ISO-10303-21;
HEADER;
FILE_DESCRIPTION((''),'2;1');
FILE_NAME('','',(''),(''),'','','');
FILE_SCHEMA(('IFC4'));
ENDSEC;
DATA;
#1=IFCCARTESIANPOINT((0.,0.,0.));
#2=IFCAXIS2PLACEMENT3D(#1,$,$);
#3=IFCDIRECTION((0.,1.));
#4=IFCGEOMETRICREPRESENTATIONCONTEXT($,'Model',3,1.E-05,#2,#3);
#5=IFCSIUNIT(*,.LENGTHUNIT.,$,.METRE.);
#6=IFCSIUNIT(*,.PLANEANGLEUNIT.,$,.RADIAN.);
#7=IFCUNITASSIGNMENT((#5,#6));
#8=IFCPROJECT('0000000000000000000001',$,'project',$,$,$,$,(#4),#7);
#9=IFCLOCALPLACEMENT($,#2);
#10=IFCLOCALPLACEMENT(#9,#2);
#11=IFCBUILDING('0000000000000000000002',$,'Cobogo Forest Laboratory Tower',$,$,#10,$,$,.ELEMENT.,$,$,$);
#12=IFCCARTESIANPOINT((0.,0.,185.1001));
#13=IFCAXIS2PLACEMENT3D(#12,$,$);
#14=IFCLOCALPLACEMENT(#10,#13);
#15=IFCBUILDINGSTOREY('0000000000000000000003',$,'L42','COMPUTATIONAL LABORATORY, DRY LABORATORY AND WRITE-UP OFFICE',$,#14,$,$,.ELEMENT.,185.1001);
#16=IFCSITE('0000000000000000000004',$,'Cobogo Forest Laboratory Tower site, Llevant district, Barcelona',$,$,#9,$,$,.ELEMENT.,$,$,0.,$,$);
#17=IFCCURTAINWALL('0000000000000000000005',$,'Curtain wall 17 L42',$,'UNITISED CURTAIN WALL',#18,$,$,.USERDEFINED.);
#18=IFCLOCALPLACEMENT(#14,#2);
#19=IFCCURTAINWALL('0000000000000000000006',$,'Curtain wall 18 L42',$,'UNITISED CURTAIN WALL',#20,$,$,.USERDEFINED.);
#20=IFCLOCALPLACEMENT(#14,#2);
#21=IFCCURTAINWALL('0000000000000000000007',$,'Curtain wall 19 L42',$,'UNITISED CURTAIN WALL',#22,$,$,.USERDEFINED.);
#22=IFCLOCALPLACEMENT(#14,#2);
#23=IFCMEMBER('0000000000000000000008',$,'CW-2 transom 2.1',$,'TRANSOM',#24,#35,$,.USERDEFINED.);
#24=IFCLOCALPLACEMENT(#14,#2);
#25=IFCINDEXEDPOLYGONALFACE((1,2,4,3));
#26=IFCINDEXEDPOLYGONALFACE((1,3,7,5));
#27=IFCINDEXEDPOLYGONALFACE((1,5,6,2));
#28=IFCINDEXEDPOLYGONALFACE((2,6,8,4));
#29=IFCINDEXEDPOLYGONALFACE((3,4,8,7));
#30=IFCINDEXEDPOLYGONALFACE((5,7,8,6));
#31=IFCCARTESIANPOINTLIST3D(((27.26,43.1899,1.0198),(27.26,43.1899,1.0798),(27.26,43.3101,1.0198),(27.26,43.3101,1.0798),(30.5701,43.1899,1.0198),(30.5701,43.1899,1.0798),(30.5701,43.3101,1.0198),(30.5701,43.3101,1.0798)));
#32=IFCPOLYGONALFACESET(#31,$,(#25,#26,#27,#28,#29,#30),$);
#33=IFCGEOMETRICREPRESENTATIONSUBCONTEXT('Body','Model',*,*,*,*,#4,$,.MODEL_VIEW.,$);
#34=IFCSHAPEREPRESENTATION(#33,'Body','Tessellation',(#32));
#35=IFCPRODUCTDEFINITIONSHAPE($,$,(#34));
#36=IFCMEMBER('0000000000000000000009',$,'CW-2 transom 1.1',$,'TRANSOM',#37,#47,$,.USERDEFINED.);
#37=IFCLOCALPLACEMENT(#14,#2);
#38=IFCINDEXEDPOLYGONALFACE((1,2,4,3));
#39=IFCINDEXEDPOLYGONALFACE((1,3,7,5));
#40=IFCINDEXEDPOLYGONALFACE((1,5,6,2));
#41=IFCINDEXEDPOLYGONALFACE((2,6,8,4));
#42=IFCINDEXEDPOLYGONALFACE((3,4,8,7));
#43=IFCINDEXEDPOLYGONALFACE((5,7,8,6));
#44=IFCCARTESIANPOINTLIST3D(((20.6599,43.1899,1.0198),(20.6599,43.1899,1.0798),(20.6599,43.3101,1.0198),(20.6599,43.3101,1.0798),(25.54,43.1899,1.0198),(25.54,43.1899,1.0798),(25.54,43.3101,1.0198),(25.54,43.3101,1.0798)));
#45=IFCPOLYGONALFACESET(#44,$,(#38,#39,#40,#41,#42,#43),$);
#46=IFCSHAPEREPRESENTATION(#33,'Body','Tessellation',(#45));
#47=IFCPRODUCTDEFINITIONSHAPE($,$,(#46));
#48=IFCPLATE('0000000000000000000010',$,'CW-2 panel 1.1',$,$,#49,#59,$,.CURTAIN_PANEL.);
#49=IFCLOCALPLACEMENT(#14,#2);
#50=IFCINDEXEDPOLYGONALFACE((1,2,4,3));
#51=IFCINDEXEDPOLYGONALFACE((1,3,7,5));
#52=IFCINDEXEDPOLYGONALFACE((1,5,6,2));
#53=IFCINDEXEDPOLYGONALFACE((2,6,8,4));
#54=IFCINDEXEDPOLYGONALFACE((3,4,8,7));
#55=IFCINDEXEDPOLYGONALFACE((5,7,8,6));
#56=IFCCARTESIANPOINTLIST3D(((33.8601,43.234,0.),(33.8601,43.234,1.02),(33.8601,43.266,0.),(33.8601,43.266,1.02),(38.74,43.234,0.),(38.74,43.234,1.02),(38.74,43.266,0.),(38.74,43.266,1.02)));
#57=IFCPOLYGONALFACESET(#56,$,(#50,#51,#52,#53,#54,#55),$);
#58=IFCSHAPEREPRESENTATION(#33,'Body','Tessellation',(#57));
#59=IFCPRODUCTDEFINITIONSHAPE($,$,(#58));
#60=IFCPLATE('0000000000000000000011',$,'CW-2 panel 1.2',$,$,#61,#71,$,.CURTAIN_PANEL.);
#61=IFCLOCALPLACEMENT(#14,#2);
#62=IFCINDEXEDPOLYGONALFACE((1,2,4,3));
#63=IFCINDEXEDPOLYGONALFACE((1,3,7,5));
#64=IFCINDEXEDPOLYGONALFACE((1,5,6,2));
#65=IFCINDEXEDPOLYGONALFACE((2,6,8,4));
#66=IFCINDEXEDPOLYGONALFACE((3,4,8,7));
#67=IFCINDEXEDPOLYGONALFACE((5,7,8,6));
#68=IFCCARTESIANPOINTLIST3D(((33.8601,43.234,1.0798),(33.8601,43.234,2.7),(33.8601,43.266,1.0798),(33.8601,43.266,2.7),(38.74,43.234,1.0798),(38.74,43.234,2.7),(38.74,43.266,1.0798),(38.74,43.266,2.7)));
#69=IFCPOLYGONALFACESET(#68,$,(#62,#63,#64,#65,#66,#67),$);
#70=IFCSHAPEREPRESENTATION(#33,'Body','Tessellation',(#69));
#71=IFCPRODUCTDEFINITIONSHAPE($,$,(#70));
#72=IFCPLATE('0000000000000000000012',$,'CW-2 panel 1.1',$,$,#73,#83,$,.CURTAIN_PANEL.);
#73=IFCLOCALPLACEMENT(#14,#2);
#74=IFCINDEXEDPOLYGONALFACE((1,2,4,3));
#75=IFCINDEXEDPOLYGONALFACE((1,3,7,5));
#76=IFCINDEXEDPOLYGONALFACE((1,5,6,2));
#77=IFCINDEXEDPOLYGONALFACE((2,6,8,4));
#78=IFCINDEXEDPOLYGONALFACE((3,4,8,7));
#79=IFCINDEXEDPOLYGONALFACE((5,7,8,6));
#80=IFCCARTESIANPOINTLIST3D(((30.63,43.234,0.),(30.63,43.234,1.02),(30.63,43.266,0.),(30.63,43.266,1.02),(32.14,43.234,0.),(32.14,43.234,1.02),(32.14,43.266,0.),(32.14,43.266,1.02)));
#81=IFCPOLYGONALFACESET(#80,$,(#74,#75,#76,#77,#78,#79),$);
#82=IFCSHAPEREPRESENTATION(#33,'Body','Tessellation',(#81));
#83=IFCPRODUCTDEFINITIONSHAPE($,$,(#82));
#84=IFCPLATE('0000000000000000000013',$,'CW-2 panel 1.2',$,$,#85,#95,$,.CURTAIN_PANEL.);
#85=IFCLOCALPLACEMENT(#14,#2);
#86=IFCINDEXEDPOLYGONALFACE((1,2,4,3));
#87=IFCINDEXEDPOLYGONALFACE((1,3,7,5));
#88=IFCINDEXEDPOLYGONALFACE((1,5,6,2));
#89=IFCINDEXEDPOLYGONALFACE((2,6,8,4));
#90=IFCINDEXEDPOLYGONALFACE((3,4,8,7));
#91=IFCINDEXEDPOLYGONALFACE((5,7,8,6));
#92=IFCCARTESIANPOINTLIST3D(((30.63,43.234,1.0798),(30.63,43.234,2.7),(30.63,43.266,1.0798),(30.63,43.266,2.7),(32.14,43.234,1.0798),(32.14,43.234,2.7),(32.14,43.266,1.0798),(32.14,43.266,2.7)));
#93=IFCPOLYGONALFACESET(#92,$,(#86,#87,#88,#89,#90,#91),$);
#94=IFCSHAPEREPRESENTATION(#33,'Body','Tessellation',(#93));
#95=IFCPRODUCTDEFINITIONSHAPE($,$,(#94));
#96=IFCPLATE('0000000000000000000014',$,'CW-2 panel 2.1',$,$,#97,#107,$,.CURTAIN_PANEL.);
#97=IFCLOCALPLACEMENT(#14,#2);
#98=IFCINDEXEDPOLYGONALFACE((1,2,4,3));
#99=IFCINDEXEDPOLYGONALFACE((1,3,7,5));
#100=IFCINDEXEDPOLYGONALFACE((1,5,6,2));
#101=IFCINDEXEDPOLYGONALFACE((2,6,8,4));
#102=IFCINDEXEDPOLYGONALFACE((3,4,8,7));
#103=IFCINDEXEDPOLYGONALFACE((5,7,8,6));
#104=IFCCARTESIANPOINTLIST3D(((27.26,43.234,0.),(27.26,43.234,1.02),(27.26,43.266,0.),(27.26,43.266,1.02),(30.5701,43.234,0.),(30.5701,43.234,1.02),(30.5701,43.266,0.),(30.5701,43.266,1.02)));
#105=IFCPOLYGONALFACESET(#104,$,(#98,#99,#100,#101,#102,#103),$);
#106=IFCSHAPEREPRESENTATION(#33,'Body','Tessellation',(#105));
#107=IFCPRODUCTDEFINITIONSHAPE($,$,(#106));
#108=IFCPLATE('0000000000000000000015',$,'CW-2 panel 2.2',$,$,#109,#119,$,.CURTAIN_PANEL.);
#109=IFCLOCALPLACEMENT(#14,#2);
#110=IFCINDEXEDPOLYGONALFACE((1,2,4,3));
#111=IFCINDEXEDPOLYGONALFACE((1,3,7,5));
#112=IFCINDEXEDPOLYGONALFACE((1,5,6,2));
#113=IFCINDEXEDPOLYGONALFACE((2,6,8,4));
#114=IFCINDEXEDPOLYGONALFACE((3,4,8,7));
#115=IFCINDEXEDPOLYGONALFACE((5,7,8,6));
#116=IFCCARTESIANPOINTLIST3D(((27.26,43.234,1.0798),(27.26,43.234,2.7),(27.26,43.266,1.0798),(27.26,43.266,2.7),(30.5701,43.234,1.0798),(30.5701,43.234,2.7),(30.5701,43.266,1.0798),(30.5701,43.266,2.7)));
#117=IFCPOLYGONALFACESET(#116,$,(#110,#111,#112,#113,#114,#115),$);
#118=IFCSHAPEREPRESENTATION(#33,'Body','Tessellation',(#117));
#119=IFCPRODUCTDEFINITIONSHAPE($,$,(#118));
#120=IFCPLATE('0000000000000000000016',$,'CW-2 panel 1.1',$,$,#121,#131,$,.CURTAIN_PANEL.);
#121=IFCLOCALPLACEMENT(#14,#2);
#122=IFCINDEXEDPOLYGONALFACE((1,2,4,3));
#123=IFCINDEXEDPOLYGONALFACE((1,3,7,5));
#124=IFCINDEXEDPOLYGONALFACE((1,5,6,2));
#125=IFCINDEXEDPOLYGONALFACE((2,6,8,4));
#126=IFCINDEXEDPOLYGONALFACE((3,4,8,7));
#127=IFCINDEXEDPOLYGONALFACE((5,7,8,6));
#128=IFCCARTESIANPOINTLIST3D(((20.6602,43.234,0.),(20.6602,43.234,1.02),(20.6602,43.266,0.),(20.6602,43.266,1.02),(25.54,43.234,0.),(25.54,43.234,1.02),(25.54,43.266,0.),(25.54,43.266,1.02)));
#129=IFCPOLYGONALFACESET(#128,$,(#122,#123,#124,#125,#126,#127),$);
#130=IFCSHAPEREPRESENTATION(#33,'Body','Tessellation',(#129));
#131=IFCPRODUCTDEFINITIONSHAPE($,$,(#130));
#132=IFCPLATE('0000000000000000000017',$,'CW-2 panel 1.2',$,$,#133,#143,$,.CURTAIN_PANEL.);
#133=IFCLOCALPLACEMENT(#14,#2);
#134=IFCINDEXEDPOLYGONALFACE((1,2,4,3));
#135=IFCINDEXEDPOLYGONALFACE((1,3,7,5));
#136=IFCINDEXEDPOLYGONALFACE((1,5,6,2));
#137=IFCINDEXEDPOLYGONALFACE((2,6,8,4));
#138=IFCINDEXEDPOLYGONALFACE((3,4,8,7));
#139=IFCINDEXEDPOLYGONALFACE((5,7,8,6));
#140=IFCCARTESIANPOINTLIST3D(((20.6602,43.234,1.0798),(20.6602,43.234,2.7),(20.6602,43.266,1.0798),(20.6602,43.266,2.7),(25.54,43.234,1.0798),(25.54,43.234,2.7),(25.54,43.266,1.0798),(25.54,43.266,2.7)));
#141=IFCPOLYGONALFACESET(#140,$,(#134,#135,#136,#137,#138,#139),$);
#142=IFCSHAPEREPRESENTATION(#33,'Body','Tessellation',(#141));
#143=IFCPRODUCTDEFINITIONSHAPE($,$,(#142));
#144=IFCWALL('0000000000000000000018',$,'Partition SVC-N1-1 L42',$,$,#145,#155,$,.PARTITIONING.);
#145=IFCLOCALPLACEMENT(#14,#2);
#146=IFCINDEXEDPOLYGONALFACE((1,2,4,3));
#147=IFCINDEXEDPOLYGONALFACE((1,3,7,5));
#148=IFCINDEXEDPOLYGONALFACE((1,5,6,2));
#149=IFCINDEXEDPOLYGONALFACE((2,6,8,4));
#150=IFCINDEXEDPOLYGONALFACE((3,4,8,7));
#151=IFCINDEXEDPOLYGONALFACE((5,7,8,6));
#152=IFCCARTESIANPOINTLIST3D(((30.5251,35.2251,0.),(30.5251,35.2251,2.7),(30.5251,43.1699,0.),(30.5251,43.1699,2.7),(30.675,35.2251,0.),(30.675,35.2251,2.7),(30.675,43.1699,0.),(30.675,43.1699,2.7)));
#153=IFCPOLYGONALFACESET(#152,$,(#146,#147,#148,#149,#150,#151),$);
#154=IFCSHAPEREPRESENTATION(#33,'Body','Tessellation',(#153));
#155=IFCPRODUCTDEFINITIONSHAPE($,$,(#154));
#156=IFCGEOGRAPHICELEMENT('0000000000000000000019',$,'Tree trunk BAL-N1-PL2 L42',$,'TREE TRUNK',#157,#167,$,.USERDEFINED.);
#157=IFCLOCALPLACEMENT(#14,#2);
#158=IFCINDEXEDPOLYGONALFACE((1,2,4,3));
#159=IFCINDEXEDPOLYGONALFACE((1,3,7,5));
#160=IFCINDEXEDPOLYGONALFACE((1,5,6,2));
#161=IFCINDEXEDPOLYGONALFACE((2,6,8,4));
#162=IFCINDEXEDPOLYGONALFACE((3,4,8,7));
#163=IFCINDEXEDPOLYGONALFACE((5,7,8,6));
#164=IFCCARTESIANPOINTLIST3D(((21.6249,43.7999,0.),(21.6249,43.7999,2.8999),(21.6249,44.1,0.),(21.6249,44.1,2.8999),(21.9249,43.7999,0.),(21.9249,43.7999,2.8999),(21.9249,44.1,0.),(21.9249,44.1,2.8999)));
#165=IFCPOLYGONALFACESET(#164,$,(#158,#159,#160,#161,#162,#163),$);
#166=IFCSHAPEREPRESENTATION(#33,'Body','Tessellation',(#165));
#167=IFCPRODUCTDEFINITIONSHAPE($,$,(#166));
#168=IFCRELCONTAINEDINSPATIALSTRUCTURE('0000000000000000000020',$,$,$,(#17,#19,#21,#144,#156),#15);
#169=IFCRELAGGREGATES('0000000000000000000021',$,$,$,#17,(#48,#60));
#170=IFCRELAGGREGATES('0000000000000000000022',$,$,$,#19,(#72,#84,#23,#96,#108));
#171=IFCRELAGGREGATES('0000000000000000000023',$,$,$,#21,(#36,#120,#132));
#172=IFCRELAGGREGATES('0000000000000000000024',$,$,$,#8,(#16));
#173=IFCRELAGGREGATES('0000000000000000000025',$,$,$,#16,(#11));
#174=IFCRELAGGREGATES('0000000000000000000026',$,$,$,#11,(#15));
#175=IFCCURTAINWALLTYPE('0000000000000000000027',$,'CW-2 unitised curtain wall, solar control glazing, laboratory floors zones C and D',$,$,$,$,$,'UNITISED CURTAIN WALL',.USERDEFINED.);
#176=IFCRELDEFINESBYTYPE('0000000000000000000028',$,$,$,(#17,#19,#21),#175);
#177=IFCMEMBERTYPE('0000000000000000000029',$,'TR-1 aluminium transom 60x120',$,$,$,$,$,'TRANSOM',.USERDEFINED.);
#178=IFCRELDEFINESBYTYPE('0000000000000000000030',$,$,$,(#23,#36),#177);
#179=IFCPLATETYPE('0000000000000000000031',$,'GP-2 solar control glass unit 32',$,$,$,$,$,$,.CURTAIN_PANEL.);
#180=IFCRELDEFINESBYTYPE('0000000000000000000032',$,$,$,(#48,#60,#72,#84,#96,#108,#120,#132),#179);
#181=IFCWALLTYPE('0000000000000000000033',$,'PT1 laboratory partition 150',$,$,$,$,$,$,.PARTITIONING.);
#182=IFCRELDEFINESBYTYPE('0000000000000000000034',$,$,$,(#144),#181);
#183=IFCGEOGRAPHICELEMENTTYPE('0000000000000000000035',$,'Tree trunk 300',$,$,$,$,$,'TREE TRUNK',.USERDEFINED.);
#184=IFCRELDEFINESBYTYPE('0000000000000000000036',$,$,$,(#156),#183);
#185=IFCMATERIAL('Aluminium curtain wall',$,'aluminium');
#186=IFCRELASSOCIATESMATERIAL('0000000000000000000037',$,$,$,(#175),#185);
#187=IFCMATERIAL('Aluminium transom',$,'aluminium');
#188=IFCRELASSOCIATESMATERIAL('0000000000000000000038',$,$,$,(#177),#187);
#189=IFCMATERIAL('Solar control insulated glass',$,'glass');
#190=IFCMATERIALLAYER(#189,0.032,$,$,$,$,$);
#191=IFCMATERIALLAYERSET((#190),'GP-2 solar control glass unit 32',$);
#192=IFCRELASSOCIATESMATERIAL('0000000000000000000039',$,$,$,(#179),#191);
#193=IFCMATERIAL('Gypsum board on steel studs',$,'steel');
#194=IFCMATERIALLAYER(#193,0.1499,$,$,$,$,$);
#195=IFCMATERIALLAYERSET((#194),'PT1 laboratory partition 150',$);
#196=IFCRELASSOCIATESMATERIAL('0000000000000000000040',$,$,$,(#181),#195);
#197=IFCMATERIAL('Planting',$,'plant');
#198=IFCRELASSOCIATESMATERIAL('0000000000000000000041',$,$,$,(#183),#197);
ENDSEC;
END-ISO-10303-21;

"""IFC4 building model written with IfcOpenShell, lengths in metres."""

from ifc_helpers import new_model, si_unit, direction, frame, frame_2d, origin, origin_2d, place, context, subcontext, project, spatial, rectangle, extrude, material, layer, layer_set, material_profile, profile_set, type_object, element, aggregate, save


model = new_model("IFC4")

# Units and contexts
model_context = context("Model", 3, precision=1e-05, world=origin(), true_north=direction((0.0, 1.0)))
body_context = subcontext(model_context, "Body", "Model", "MODEL_VIEW")
ifc_project = project(units=[si_unit("LENGTHUNIT", "METRE"), si_unit("PLANEANGLEUNIT", "RADIAN")], contexts=[model_context])

# Site, building, storey
site_placement = place(None, origin())
site = spatial("IfcSite", under=ifc_project, at=site_placement, Name="Cobogo Forest Laboratory Tower site, Llevant district, Barcelona", CompositionType="ELEMENT", RefElevation=0.0)
building_placement = place(site_placement, origin())
building = spatial("IfcBuilding", under=site, at=building_placement, Name="Cobogo Forest Laboratory Tower", CompositionType="ELEMENT")
storey_placement = place(building_placement, frame((0.0, 0.0, 185.1001)))
storey = spatial("IfcBuildingStorey", under=building, at=storey_placement, Name="L42", Description="COMPUTATIONAL LABORATORY, DRY LABORATORY AND WRITE-UP OFFICE", CompositionType="ELEMENT", Elevation=185.1001)

# Shared definitions
ifc_material_1 = material(Name="Aluminium curtain wall", Category="aluminium")
curtain_wall_type = type_object("IfcCurtainWallType", Name="CW-2 unitised curtain wall, solar control glazing, laboratory floors zones C and D", ElementType="UNITISED CURTAIN WALL", PredefinedType="USERDEFINED", material=ifc_material_1)

# Curtain walls
curtain_wall_1_placement = place(storey_placement, origin())
curtain_wall_1 = element("IfcCurtainWall", 1, at=curtain_wall_1_placement, inside=storey, type_object=curtain_wall_type, Name="Curtain wall 17 L42", ObjectType="UNITISED CURTAIN WALL", PredefinedType="USERDEFINED")
curtain_wall_2_placement = place(storey_placement, origin())
curtain_wall_2 = element("IfcCurtainWall", 2, at=curtain_wall_2_placement, inside=storey, type_object=curtain_wall_type, Name="Curtain wall 18 L42", ObjectType="UNITISED CURTAIN WALL", PredefinedType="USERDEFINED")
curtain_wall_3_placement = place(storey_placement, origin())
curtain_wall_3 = element("IfcCurtainWall", 3, at=curtain_wall_3_placement, inside=storey, type_object=curtain_wall_type, Name="Curtain wall 19 L42", ObjectType="UNITISED CURTAIN WALL", PredefinedType="USERDEFINED")

# Members
ifc_material_2 = material(Name="Aluminium transom", Category="aluminium")
ifc_material_profile_1 = material_profile(ifc_material_2, rectangle(XDim=0.1201, YDim=0.0601, at=origin_2d()), Name="AL 60x120")
ifc_profile_set_1 = profile_set([ifc_material_profile_1], Name="Aluminium transom")
member_type_1 = type_object("IfcMemberType", Name="TR-1 aluminium transom 60x120", ElementType="TRANSOM", PredefinedType="USERDEFINED", material=ifc_profile_set_1)
member_1_placement = place(storey_placement, frame((30.5701, 43.25, 1.0498), z_axis=(-1.0, 0.0, 0.0), x_axis=(0.0, -1.0, 0.0)))
member_1 = element("IfcMember", 4, at=member_1_placement, type_object=member_type_1, Name="CW-2 transom 2.1", ObjectType="TRANSOM", PredefinedType="USERDEFINED", context=body_context, shape_type="SweptSolid", body=[
    extrude(rectangle(XDim=0.1201, YDim=0.0601, at=origin_2d()), origin(), (0.0, 0.0, 1.0), 3.3101),
])
member_2_placement = place(storey_placement, frame((25.54, 43.25, 1.0498), z_axis=(-1.0, 0.0, 0.0), x_axis=(0.0, -1.0, 0.0)))
member_2 = element("IfcMember", 5, at=member_2_placement, type_object=member_type_1, Name="CW-2 transom 1.1", ObjectType="TRANSOM", PredefinedType="USERDEFINED", context=body_context, shape_type="SweptSolid", body=[
    extrude(rectangle(XDim=0.1201, YDim=0.0601, at=origin_2d()), origin(), (0.0, 0.0, 1.0), 4.8801),
])

# Plates
ifc_material_3 = material(Name="Solar control insulated glass", Category="glass")
ifc_layer_1 = layer(ifc_material_3, 0.032)
ifc_layer_set_1 = layer_set([ifc_layer_1], Name="GP-2 solar control glass unit 32")
plate_type_1 = type_object("IfcPlateType", Name="GP-2 solar control glass unit 32", PredefinedType="CURTAIN_PANEL", material=ifc_layer_set_1)
plate_1_placement = place(storey_placement, frame((36.3, 43.25, 0.0), z_axis=(0.0, 0.0, 1.0), x_axis=(-1.0, 0.0, 0.0)))
plate_1 = element("IfcPlate", 6, at=plate_1_placement, type_object=plate_type_1, Name="CW-2 panel 1.1", PredefinedType="CURTAIN_PANEL", context=body_context, shape_type="SweptSolid", body=[
    extrude(rectangle(XDim=4.8799, YDim=0.032, at=origin_2d()), origin(), (0.0, 0.0, 1.0), 1.02),
])
plate_2_placement = place(storey_placement, frame((36.3, 43.25, 1.0798), z_axis=(0.0, 0.0, 1.0), x_axis=(-1.0, 0.0, 0.0)))
plate_2 = element("IfcPlate", 7, at=plate_2_placement, type_object=plate_type_1, Name="CW-2 panel 1.2", PredefinedType="CURTAIN_PANEL", context=body_context, shape_type="SweptSolid", body=[
    extrude(rectangle(XDim=4.8799, YDim=0.032, at=origin_2d()), origin(), (0.0, 0.0, 1.0), 1.6201),
])
aggregate(curtain_wall_1, [plate_1, plate_2])
plate_3_placement = place(storey_placement, frame((31.385, 43.25, 0.0), z_axis=(0.0, 0.0, 1.0), x_axis=(-1.0, 0.0, 0.0)))
plate_3 = element("IfcPlate", 8, at=plate_3_placement, type_object=plate_type_1, Name="CW-2 panel 1.1", PredefinedType="CURTAIN_PANEL", context=body_context, shape_type="SweptSolid", body=[
    extrude(rectangle(XDim=1.51, YDim=0.032, at=origin_2d()), origin(), (0.0, 0.0, 1.0), 1.02),
])
plate_4_placement = place(storey_placement, frame((31.385, 43.25, 1.0798), z_axis=(0.0, 0.0, 1.0), x_axis=(-1.0, 0.0, 0.0)))
plate_4 = element("IfcPlate", 9, at=plate_4_placement, type_object=plate_type_1, Name="CW-2 panel 1.2", PredefinedType="CURTAIN_PANEL", context=body_context, shape_type="SweptSolid", body=[
    extrude(rectangle(XDim=1.51, YDim=0.032, at=origin_2d()), origin(), (0.0, 0.0, 1.0), 1.6201),
])
plate_5_placement = place(storey_placement, frame((28.915, 43.25, 0.0), z_axis=(0.0, 0.0, 1.0), x_axis=(-1.0, 0.0, 0.0)))
plate_5 = element("IfcPlate", 10, at=plate_5_placement, type_object=plate_type_1, Name="CW-2 panel 2.1", PredefinedType="CURTAIN_PANEL", context=body_context, shape_type="SweptSolid", body=[
    extrude(rectangle(XDim=3.3101, YDim=0.032, at=origin_2d()), origin(), (0.0, 0.0, 1.0), 1.02),
])
plate_6_placement = place(storey_placement, frame((28.915, 43.25, 1.0798), z_axis=(0.0, 0.0, 1.0), x_axis=(-1.0, 0.0, 0.0)))
plate_6 = element("IfcPlate", 11, at=plate_6_placement, type_object=plate_type_1, Name="CW-2 panel 2.2", PredefinedType="CURTAIN_PANEL", context=body_context, shape_type="SweptSolid", body=[
    extrude(rectangle(XDim=3.3101, YDim=0.032, at=origin_2d()), origin(), (0.0, 0.0, 1.0), 1.6201),
])
aggregate(curtain_wall_2, [plate_3, plate_4, member_1, plate_5, plate_6])
plate_7_placement = place(storey_placement, frame((23.1001, 43.25, 0.0), z_axis=(0.0, 0.0, 1.0), x_axis=(-1.0, 0.0, 0.0)))
plate_7 = element("IfcPlate", 12, at=plate_7_placement, type_object=plate_type_1, Name="CW-2 panel 1.1", PredefinedType="CURTAIN_PANEL", context=body_context, shape_type="SweptSolid", body=[
    extrude(rectangle(XDim=4.8799, YDim=0.032, at=origin_2d()), origin(), (0.0, 0.0, 1.0), 1.02),
])
plate_8_placement = place(storey_placement, frame((23.1001, 43.25, 1.0798), z_axis=(0.0, 0.0, 1.0), x_axis=(-1.0, 0.0, 0.0)))
plate_8 = element("IfcPlate", 13, at=plate_8_placement, type_object=plate_type_1, Name="CW-2 panel 1.2", PredefinedType="CURTAIN_PANEL", context=body_context, shape_type="SweptSolid", body=[
    extrude(rectangle(XDim=4.8799, YDim=0.032, at=origin_2d()), origin(), (0.0, 0.0, 1.0), 1.6201),
])
aggregate(curtain_wall_3, [member_2, plate_7, plate_8])

# Wall
ifc_material_4 = material(Name="Gypsum board on steel studs", Category="steel")
ifc_layer_2 = layer(ifc_material_4, 0.1499)
ifc_layer_set_2 = layer_set([ifc_layer_2], Name="PT1 laboratory partition 150")
wall_type = type_object("IfcWallType", Name="PT1 laboratory partition 150", PredefinedType="PARTITIONING", material=ifc_layer_set_2)
wall_placement = place(storey_placement, frame((30.6001, 43.1699, 0.0), z_axis=(0.0, 0.0, 1.0), x_axis=(0.0, -1.0, 0.0)))
element("IfcWall", 14, at=wall_placement, inside=storey, type_object=wall_type, Name="Partition SVC-N1-1 L42", PredefinedType="PARTITIONING", context=body_context, shape_type="SweptSolid", body=[
    extrude(rectangle(XDim=7.9448, YDim=0.1499, at=frame_2d((3.9724, 0.0))), origin(), (0.0, 0.0, 1.0), 2.7),
])

# Geographic element
ifc_material_5 = material(Name="Planting", Category="plant")
geographic_element_type = type_object("IfcGeographicElementType", Name="Tree trunk 300", ElementType="TREE TRUNK", PredefinedType="USERDEFINED", material=ifc_material_5)
geographic_element_placement = place(storey_placement, frame((21.7749, 43.95, 0.0), z_axis=(0.0, 0.0, 1.0), x_axis=(1.0, 0.0, 0.0)))
element("IfcGeographicElement", 15, at=geographic_element_placement, inside=storey, type_object=geographic_element_type, Name="Tree trunk BAL-N1-PL2 L42", ObjectType="TREE TRUNK", PredefinedType="USERDEFINED", context=body_context, shape_type="SweptSolid", body=[
    extrude(rectangle(XDim=0.3, YDim=0.3, at=origin_2d()), origin(), (0.0, 0.0, 1.0), 2.8999),
])

save(model, "model.ifc")
